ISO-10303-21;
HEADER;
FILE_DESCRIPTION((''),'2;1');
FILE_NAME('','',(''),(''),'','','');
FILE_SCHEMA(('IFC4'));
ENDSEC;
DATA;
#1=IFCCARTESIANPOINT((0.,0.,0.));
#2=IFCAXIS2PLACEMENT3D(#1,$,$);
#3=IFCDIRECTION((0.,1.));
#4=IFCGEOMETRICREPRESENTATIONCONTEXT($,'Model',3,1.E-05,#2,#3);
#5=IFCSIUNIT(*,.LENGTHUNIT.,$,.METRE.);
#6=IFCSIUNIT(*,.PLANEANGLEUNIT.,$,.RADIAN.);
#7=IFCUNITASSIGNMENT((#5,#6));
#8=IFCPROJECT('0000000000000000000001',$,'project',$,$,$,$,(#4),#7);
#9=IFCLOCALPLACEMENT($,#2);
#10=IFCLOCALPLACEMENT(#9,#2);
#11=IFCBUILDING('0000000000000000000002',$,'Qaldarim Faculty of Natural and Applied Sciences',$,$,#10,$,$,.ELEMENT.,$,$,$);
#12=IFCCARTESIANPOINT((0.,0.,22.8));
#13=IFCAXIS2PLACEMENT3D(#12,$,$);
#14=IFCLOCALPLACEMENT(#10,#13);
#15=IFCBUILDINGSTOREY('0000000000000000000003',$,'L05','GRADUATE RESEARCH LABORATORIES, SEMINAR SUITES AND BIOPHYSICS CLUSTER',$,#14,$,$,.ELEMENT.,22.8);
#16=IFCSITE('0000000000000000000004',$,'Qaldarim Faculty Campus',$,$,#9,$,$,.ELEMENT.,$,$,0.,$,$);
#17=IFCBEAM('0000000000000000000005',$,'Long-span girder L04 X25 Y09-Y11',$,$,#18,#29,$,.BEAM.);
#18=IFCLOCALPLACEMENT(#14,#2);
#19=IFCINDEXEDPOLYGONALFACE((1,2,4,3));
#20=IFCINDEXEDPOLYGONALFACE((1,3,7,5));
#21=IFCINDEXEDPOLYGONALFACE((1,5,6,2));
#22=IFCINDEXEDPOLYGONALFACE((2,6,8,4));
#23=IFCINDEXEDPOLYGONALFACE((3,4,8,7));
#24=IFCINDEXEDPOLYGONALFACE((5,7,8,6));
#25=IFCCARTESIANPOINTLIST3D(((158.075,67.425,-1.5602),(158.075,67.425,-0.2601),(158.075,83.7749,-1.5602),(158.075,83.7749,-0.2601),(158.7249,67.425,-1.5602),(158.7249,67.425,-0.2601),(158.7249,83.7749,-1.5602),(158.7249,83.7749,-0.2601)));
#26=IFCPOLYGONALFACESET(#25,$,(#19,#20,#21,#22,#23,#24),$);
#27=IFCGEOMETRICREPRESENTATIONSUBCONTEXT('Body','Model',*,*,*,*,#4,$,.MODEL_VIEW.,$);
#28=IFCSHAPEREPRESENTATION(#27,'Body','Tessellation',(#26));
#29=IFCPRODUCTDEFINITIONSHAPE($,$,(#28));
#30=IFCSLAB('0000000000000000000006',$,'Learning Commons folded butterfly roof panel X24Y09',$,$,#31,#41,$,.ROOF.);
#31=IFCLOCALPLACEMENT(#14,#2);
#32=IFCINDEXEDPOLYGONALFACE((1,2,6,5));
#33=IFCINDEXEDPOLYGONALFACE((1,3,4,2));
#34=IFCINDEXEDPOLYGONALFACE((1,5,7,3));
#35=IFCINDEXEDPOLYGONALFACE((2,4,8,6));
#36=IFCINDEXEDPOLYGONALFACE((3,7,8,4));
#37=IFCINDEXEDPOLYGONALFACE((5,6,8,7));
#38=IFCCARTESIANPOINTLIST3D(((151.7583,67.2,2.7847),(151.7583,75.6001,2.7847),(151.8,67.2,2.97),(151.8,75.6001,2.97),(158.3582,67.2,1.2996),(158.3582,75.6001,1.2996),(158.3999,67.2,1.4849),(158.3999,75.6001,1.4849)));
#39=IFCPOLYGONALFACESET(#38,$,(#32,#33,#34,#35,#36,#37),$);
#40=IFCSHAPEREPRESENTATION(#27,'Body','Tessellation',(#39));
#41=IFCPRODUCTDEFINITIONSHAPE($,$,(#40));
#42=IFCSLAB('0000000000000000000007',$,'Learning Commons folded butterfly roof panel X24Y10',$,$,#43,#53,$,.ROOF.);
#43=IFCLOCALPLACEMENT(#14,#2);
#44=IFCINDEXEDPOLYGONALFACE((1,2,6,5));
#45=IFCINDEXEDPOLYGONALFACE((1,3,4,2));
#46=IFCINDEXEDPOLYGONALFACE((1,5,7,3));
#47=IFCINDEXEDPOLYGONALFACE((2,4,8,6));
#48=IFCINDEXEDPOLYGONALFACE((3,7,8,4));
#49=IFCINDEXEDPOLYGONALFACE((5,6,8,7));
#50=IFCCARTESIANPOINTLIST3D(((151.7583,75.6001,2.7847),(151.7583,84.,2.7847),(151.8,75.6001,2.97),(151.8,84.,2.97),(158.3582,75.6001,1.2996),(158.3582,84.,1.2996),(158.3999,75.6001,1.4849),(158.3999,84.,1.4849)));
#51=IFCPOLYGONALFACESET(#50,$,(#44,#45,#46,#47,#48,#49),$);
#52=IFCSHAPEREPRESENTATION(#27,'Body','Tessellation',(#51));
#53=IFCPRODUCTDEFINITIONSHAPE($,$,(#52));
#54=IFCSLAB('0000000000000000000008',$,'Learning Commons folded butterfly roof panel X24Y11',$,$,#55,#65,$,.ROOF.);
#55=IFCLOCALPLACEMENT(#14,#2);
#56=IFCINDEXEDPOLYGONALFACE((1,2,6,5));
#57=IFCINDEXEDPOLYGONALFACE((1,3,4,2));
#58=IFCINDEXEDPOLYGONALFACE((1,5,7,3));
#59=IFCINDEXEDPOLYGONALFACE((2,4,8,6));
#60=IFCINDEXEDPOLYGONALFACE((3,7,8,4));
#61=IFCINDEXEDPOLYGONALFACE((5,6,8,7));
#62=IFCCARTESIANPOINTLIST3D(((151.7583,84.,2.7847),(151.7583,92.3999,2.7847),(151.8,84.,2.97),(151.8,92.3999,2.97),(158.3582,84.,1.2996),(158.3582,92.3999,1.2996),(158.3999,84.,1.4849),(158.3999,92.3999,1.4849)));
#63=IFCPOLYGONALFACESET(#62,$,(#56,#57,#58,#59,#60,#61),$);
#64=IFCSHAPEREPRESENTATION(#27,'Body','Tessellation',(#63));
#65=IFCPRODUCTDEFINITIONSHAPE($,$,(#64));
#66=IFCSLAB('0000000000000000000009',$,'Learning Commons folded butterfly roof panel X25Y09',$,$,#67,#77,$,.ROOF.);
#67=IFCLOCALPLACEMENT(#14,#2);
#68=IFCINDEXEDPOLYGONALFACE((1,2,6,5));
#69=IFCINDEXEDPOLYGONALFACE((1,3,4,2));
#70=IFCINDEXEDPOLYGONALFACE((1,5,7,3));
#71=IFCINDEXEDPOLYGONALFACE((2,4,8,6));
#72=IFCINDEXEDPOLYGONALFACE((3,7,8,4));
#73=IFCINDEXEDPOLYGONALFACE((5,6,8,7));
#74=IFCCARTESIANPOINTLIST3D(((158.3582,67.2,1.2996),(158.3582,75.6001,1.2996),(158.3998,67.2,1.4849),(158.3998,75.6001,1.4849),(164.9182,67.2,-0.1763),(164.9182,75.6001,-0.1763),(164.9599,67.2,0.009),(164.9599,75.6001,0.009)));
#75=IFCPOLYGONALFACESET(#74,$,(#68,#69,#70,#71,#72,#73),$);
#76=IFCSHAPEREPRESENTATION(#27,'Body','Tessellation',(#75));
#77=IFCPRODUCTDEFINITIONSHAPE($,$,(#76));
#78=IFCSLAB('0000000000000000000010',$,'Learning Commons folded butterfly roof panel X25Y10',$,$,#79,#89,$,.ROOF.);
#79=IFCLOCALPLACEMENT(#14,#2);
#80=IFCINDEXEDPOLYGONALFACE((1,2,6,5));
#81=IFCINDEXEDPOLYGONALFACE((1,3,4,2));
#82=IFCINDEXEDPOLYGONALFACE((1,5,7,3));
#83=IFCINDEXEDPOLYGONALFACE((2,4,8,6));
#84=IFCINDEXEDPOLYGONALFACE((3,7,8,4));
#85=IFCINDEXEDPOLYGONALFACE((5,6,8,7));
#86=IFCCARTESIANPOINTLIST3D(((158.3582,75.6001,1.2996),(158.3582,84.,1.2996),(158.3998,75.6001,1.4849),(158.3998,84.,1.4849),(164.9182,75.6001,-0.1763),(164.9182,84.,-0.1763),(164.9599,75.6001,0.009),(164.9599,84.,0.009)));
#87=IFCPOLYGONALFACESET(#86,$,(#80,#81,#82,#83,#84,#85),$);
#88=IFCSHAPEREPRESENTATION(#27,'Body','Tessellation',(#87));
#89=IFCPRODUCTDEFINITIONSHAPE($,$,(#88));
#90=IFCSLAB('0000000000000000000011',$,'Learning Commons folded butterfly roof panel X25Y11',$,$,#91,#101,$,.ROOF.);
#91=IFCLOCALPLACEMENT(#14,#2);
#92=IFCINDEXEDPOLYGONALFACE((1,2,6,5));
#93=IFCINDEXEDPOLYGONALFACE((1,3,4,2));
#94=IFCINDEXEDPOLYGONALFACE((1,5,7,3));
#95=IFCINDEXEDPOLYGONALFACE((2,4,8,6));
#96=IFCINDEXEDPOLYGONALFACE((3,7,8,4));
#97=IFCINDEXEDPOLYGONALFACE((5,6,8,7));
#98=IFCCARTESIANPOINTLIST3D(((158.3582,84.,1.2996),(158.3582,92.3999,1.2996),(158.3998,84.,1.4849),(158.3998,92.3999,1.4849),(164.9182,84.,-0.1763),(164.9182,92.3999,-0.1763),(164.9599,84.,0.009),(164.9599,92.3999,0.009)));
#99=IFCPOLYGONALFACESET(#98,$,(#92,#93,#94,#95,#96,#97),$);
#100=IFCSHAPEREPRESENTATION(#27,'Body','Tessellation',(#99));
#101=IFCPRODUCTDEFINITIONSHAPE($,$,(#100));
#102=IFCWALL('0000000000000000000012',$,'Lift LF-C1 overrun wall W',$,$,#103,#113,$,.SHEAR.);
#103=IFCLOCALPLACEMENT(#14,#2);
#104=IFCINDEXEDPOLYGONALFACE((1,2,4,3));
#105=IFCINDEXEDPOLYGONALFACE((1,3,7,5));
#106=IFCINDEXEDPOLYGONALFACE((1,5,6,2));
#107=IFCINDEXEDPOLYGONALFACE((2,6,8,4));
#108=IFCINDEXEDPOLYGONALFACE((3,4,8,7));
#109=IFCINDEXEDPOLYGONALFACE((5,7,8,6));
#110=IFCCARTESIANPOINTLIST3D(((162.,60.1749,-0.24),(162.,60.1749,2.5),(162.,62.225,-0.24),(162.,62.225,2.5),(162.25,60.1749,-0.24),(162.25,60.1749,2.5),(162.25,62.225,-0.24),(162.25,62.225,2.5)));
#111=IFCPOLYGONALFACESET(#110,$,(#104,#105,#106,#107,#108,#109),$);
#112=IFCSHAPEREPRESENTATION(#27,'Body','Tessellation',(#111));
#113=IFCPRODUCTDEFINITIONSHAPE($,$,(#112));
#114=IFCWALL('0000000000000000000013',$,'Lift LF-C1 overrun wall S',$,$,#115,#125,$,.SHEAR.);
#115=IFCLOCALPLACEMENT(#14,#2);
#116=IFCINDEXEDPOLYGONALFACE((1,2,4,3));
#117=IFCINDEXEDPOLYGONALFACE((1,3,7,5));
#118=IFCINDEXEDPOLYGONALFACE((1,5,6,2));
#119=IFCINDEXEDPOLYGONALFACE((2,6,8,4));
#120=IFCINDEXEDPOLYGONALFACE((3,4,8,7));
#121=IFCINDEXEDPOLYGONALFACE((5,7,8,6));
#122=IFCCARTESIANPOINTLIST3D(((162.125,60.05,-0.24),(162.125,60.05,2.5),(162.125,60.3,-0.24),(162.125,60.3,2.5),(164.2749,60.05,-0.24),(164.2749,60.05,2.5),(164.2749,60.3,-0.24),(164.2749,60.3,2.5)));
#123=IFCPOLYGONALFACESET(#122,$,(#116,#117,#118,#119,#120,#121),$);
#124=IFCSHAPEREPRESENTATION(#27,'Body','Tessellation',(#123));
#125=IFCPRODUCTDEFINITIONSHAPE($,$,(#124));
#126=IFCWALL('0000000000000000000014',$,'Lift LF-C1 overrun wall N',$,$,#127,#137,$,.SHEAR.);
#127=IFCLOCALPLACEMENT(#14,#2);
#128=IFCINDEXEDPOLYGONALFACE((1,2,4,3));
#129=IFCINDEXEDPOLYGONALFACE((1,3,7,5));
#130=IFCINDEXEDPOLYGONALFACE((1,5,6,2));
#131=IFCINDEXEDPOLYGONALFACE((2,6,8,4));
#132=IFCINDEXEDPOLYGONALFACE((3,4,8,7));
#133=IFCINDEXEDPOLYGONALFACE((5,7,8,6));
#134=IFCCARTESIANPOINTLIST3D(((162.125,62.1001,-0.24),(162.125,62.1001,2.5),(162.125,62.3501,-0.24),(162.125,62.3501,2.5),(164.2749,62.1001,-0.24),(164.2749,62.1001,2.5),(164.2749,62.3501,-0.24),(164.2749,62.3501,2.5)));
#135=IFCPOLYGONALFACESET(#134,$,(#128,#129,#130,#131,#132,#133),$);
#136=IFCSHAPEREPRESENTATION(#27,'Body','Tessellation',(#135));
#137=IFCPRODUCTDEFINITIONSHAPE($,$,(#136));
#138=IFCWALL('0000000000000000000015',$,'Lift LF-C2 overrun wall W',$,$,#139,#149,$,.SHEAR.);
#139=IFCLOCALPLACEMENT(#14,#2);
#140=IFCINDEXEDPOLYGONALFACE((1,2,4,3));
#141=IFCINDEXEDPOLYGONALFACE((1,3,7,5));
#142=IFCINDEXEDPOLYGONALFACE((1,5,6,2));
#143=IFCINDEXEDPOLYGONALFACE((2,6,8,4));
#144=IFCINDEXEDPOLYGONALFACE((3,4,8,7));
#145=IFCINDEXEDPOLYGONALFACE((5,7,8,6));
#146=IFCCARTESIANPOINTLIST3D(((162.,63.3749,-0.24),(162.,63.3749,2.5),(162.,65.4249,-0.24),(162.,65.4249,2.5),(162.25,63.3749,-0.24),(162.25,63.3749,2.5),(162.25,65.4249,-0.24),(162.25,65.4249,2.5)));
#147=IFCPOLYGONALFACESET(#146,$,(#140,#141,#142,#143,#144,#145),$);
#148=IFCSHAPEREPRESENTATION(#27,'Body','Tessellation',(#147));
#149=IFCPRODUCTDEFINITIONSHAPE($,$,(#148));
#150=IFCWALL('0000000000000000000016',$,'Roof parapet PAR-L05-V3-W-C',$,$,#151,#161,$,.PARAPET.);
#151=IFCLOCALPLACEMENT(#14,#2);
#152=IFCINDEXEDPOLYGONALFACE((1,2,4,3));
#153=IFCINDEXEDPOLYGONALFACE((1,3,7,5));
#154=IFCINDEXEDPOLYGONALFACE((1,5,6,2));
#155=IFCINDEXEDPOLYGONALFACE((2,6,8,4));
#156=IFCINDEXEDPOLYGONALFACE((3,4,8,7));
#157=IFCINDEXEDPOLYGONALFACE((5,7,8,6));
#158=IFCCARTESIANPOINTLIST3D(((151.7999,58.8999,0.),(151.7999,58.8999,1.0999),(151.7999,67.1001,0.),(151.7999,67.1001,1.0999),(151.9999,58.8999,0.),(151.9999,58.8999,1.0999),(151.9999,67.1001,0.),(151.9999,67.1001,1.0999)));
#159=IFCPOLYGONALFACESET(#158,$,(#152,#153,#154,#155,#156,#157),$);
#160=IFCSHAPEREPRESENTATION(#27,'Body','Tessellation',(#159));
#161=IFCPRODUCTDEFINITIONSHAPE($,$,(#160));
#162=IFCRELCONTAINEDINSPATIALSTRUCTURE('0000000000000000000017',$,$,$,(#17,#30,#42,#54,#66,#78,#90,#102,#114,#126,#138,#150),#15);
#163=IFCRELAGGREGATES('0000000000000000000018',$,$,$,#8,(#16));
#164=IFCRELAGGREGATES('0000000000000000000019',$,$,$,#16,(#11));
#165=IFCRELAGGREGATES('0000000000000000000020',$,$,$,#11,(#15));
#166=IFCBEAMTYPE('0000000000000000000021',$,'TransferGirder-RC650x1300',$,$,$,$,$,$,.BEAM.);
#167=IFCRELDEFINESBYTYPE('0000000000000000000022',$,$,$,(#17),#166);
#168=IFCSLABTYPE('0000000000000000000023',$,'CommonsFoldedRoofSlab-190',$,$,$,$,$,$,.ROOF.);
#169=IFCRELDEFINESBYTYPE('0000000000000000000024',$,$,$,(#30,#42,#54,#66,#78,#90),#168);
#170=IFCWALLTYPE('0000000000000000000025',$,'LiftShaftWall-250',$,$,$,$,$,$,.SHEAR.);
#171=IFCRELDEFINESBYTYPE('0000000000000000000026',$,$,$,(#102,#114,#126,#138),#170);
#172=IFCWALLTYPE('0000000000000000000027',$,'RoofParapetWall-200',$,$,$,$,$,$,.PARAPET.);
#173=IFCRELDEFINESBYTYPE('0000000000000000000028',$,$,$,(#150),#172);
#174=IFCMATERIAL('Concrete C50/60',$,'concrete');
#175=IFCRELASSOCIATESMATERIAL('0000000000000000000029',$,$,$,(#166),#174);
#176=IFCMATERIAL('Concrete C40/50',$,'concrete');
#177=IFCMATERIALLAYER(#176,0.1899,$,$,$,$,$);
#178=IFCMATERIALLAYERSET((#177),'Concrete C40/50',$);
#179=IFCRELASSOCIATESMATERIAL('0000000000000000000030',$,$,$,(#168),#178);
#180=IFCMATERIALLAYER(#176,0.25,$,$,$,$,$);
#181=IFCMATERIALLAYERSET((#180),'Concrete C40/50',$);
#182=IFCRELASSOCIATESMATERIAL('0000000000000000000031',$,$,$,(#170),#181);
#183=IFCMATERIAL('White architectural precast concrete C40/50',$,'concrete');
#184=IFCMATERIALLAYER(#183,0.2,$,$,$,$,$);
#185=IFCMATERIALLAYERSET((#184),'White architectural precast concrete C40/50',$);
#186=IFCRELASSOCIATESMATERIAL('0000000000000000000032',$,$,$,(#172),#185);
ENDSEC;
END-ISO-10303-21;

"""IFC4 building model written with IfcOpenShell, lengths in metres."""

from ifc_helpers import new_model, si_unit, direction, frame, frame_2d, origin, origin_2d, place, context, subcontext, project, spatial, polyline, rectangle, outline, extrude, material, layer, layer_set, material_profile, profile_set, type_object, element, save


model = new_model("IFC4")

# Units and contexts
model_context = context("Model", 3, precision=1e-05, world=origin(), true_north=direction((0.0, 1.0)))
body_context = subcontext(model_context, "Body", "Model", "MODEL_VIEW")
ifc_project = project(units=[si_unit("LENGTHUNIT", "METRE"), si_unit("PLANEANGLEUNIT", "RADIAN")], contexts=[model_context])

# Site, building, storey
site_placement = place(None, origin())
site = spatial("IfcSite", under=ifc_project, at=site_placement, Name="Qaldarim Faculty Campus", CompositionType="ELEMENT", RefElevation=0.0)
building_placement = place(site_placement, origin())
building = spatial("IfcBuilding", under=site, at=building_placement, Name="Qaldarim Faculty of Natural and Applied Sciences", CompositionType="ELEMENT")
storey_placement = place(building_placement, frame((0.0, 0.0, 22.8)))
storey = spatial("IfcBuildingStorey", under=building, at=storey_placement, Name="L05", Description="GRADUATE RESEARCH LABORATORIES, SEMINAR SUITES AND BIOPHYSICS CLUSTER", CompositionType="ELEMENT", Elevation=22.8)

# Beam
ifc_material_1 = material(Name="Concrete C40/50", Category="concrete")
ifc_material_2 = material(Name="Concrete C50/60", Category="concrete")
ifc_material_profile_1 = material_profile(ifc_material_2, rectangle(XDim=0.6499, YDim=1.3, at=origin_2d()), Name="RC-TG650x1300")
ifc_profile_set_1 = profile_set([ifc_material_profile_1], Name="Concrete C50/60")
beam_type_1 = type_object("IfcBeamType", Name="TransferGirder-RC650x1300", PredefinedType="BEAM", material=ifc_profile_set_1)
beam_1_placement = place(storey_placement, frame((158.3999, 67.425, -0.9102), z_axis=(0.0, 1.0, 0.0), x_axis=(-1.0, 0.0, 0.0)))
element("IfcBeam", 1, at=beam_1_placement, inside=storey, type_object=beam_type_1, Name="Long-span girder L04 X25 Y09-Y11", PredefinedType="BEAM", context=body_context, shape_type="SweptSolid", body=[
    extrude(rectangle(XDim=0.6499, YDim=1.3, at=origin_2d()), origin(), (0.0, 0.0, 1.0), 16.3499),
])

# Slabs
ifc_layer_1 = layer(ifc_material_1, 0.1899)
ifc_layer_set_1 = layer_set([ifc_layer_1], Name="Concrete C40/50")
slab_type = type_object("IfcSlabType", Name="CommonsFoldedRoofSlab-190", PredefinedType="ROOF", material=ifc_layer_set_1)
slab_1_placement = place(storey_placement, frame((151.7583, 67.2, 2.7847), z_axis=(0.219532, 0.0, 0.975605), x_axis=(0.975605, 0.0, -0.219532)))
element("IfcSlab", 2, at=slab_1_placement, inside=storey, type_object=slab_type, Name="Learning Commons folded butterfly roof panel X24Y09", PredefinedType="ROOF", context=body_context, shape_type="SweptSolid", body=[
    extrude(outline(polyline([(0.0, 0.0), (6.7649, 0.0), (6.7649, 8.4001), (0.0, 8.4001), (0.0, 0.0)])), origin(), (0.0, 0.0, 1.0), 0.1899),
])
for number, where, z_axis, x_axis, name in (
    (3, (151.7583, 75.6001, 2.7847), (0.219532, 0.0, 0.975605), (0.975605, 0.0, -0.219532), "Learning Commons folded butterfly roof panel X24Y10"),
    (4, (151.7583, 84.0, 2.7847), (0.219532, 0.0, 0.975605), (0.975605, 0.0, -0.219532), "Learning Commons folded butterfly roof panel X24Y11"),
):
    element("IfcSlab", number, at=place(storey_placement, frame(where, z_axis=z_axis, x_axis=x_axis)), inside=storey, type_object=slab_type, Name=name, PredefinedType="ROOF", context=body_context, shape_type="SweptSolid", body=[
        extrude(outline(polyline([(0.0, 0.0), (6.7649, 0.0), (6.7649, 8.3999), (0.0, 8.3999), (0.0, 0.0)])), origin(), (0.0, 0.0, 1.0), 0.1899),
    ])
slab_2_placement = place(storey_placement, frame((158.3582, 67.2, 1.2996), z_axis=(0.219486, 0.0, 0.975616), x_axis=(0.975616, 0.0, -0.219486)))
element("IfcSlab", 5, at=slab_2_placement, inside=storey, type_object=slab_type, Name="Learning Commons folded butterfly roof panel X25Y09", PredefinedType="ROOF", context=body_context, shape_type="SweptSolid", body=[
    extrude(outline(polyline([(0.0, 0.0), (6.724, 0.0), (6.724, 8.4001), (0.0, 8.4001), (0.0, 0.0)])), origin(), (0.0, 0.0, 1.0), 0.1899),
])
for number, where, z_axis, x_axis, name in (
    (6, (158.3582, 75.6001, 1.2996), (0.219486, 0.0, 0.975616), (0.975616, 0.0, -0.219486), "Learning Commons folded butterfly roof panel X25Y10"),
    (7, (158.3582, 84.0, 1.2996), (0.219486, 0.0, 0.975616), (0.975616, 0.0, -0.219486), "Learning Commons folded butterfly roof panel X25Y11"),
):
    element("IfcSlab", number, at=place(storey_placement, frame(where, z_axis=z_axis, x_axis=x_axis)), inside=storey, type_object=slab_type, Name=name, PredefinedType="ROOF", context=body_context, shape_type="SweptSolid", body=[
        extrude(outline(polyline([(0.0, 0.0), (6.724, 0.0), (6.724, 8.3999), (0.0, 8.3999), (0.0, 0.0)])), origin(), (0.0, 0.0, 1.0), 0.1899),
    ])

# Walls
ifc_layer_2 = layer(ifc_material_1, 0.25)
ifc_layer_set_2 = layer_set([ifc_layer_2], Name="Concrete C40/50")
wall_type_1 = type_object("IfcWallType", Name="LiftShaftWall-250", PredefinedType="SHEAR", material=ifc_layer_set_2)
wall_1_placement = place(storey_placement, frame((162.125, 60.175, -0.24), z_axis=(0.0, 0.0, 1.0), x_axis=(0.0, 1.0, 0.0)))
element("IfcWall", 8, at=wall_1_placement, inside=storey, type_object=wall_type_1, Name="Lift LF-C1 overrun wall W", PredefinedType="SHEAR", context=body_context, shape_type="SweptSolid", body=[
    extrude(rectangle(XDim=2.05, YDim=0.25, at=frame_2d((1.0249, 0.0))), origin(), (0.0, 0.0, 1.0), 2.74),
])
for number, where, z_axis, x_axis, name in (
    (9, (162.125, 60.175, -0.24), (0.0, 0.0, 1.0), (1.0, 0.0, 0.0), "Lift LF-C1 overrun wall S"),
    (10, (162.125, 62.2251, -0.24), (0.0, 0.0, 1.0), (1.0, 0.0, 0.0), "Lift LF-C1 overrun wall N"),
):
    element("IfcWall", number, at=place(storey_placement, frame(where, z_axis=z_axis, x_axis=x_axis)), inside=storey, type_object=wall_type_1, Name=name, PredefinedType="SHEAR", context=body_context, shape_type="SweptSolid", body=[
        extrude(rectangle(XDim=2.1499, YDim=0.25, at=frame_2d((1.075, 0.0))), origin(), (0.0, 0.0, 1.0), 2.74),
    ])
wall_2_placement = place(storey_placement, frame((162.125, 63.375, -0.24), z_axis=(0.0, 0.0, 1.0), x_axis=(0.0, 1.0, 0.0)))
element("IfcWall", 11, at=wall_2_placement, inside=storey, type_object=wall_type_1, Name="Lift LF-C2 overrun wall W", PredefinedType="SHEAR", context=body_context, shape_type="SweptSolid", body=[
    extrude(rectangle(XDim=2.05, YDim=0.25, at=frame_2d((1.0249, 0.0))), origin(), (0.0, 0.0, 1.0), 2.74),
])
ifc_material_3 = material(Name="White architectural precast concrete C40/50", Category="concrete")
ifc_layer_3 = layer(ifc_material_3, 0.2)
ifc_layer_set_3 = layer_set([ifc_layer_3], Name="White architectural precast concrete C40/50")
wall_type_2 = type_object("IfcWallType", Name="RoofParapetWall-200", PredefinedType="PARAPET", material=ifc_layer_set_3)
wall_3_placement = place(storey_placement, frame((151.8999, 58.8999, 0.0), z_axis=(0.0, 0.0, 1.0), x_axis=(0.0, 1.0, 0.0)))
element("IfcWall", 12, at=wall_3_placement, inside=storey, type_object=wall_type_2, Name="Roof parapet PAR-L05-V3-W-C", PredefinedType="PARAPET", context=body_context, shape_type="SweptSolid", body=[
    extrude(rectangle(XDim=8.2002, YDim=0.2, at=frame_2d((4.1001, 0.0))), origin(), (0.0, 0.0, 1.0), 1.0999),
])

save(model, "model.ifc")
